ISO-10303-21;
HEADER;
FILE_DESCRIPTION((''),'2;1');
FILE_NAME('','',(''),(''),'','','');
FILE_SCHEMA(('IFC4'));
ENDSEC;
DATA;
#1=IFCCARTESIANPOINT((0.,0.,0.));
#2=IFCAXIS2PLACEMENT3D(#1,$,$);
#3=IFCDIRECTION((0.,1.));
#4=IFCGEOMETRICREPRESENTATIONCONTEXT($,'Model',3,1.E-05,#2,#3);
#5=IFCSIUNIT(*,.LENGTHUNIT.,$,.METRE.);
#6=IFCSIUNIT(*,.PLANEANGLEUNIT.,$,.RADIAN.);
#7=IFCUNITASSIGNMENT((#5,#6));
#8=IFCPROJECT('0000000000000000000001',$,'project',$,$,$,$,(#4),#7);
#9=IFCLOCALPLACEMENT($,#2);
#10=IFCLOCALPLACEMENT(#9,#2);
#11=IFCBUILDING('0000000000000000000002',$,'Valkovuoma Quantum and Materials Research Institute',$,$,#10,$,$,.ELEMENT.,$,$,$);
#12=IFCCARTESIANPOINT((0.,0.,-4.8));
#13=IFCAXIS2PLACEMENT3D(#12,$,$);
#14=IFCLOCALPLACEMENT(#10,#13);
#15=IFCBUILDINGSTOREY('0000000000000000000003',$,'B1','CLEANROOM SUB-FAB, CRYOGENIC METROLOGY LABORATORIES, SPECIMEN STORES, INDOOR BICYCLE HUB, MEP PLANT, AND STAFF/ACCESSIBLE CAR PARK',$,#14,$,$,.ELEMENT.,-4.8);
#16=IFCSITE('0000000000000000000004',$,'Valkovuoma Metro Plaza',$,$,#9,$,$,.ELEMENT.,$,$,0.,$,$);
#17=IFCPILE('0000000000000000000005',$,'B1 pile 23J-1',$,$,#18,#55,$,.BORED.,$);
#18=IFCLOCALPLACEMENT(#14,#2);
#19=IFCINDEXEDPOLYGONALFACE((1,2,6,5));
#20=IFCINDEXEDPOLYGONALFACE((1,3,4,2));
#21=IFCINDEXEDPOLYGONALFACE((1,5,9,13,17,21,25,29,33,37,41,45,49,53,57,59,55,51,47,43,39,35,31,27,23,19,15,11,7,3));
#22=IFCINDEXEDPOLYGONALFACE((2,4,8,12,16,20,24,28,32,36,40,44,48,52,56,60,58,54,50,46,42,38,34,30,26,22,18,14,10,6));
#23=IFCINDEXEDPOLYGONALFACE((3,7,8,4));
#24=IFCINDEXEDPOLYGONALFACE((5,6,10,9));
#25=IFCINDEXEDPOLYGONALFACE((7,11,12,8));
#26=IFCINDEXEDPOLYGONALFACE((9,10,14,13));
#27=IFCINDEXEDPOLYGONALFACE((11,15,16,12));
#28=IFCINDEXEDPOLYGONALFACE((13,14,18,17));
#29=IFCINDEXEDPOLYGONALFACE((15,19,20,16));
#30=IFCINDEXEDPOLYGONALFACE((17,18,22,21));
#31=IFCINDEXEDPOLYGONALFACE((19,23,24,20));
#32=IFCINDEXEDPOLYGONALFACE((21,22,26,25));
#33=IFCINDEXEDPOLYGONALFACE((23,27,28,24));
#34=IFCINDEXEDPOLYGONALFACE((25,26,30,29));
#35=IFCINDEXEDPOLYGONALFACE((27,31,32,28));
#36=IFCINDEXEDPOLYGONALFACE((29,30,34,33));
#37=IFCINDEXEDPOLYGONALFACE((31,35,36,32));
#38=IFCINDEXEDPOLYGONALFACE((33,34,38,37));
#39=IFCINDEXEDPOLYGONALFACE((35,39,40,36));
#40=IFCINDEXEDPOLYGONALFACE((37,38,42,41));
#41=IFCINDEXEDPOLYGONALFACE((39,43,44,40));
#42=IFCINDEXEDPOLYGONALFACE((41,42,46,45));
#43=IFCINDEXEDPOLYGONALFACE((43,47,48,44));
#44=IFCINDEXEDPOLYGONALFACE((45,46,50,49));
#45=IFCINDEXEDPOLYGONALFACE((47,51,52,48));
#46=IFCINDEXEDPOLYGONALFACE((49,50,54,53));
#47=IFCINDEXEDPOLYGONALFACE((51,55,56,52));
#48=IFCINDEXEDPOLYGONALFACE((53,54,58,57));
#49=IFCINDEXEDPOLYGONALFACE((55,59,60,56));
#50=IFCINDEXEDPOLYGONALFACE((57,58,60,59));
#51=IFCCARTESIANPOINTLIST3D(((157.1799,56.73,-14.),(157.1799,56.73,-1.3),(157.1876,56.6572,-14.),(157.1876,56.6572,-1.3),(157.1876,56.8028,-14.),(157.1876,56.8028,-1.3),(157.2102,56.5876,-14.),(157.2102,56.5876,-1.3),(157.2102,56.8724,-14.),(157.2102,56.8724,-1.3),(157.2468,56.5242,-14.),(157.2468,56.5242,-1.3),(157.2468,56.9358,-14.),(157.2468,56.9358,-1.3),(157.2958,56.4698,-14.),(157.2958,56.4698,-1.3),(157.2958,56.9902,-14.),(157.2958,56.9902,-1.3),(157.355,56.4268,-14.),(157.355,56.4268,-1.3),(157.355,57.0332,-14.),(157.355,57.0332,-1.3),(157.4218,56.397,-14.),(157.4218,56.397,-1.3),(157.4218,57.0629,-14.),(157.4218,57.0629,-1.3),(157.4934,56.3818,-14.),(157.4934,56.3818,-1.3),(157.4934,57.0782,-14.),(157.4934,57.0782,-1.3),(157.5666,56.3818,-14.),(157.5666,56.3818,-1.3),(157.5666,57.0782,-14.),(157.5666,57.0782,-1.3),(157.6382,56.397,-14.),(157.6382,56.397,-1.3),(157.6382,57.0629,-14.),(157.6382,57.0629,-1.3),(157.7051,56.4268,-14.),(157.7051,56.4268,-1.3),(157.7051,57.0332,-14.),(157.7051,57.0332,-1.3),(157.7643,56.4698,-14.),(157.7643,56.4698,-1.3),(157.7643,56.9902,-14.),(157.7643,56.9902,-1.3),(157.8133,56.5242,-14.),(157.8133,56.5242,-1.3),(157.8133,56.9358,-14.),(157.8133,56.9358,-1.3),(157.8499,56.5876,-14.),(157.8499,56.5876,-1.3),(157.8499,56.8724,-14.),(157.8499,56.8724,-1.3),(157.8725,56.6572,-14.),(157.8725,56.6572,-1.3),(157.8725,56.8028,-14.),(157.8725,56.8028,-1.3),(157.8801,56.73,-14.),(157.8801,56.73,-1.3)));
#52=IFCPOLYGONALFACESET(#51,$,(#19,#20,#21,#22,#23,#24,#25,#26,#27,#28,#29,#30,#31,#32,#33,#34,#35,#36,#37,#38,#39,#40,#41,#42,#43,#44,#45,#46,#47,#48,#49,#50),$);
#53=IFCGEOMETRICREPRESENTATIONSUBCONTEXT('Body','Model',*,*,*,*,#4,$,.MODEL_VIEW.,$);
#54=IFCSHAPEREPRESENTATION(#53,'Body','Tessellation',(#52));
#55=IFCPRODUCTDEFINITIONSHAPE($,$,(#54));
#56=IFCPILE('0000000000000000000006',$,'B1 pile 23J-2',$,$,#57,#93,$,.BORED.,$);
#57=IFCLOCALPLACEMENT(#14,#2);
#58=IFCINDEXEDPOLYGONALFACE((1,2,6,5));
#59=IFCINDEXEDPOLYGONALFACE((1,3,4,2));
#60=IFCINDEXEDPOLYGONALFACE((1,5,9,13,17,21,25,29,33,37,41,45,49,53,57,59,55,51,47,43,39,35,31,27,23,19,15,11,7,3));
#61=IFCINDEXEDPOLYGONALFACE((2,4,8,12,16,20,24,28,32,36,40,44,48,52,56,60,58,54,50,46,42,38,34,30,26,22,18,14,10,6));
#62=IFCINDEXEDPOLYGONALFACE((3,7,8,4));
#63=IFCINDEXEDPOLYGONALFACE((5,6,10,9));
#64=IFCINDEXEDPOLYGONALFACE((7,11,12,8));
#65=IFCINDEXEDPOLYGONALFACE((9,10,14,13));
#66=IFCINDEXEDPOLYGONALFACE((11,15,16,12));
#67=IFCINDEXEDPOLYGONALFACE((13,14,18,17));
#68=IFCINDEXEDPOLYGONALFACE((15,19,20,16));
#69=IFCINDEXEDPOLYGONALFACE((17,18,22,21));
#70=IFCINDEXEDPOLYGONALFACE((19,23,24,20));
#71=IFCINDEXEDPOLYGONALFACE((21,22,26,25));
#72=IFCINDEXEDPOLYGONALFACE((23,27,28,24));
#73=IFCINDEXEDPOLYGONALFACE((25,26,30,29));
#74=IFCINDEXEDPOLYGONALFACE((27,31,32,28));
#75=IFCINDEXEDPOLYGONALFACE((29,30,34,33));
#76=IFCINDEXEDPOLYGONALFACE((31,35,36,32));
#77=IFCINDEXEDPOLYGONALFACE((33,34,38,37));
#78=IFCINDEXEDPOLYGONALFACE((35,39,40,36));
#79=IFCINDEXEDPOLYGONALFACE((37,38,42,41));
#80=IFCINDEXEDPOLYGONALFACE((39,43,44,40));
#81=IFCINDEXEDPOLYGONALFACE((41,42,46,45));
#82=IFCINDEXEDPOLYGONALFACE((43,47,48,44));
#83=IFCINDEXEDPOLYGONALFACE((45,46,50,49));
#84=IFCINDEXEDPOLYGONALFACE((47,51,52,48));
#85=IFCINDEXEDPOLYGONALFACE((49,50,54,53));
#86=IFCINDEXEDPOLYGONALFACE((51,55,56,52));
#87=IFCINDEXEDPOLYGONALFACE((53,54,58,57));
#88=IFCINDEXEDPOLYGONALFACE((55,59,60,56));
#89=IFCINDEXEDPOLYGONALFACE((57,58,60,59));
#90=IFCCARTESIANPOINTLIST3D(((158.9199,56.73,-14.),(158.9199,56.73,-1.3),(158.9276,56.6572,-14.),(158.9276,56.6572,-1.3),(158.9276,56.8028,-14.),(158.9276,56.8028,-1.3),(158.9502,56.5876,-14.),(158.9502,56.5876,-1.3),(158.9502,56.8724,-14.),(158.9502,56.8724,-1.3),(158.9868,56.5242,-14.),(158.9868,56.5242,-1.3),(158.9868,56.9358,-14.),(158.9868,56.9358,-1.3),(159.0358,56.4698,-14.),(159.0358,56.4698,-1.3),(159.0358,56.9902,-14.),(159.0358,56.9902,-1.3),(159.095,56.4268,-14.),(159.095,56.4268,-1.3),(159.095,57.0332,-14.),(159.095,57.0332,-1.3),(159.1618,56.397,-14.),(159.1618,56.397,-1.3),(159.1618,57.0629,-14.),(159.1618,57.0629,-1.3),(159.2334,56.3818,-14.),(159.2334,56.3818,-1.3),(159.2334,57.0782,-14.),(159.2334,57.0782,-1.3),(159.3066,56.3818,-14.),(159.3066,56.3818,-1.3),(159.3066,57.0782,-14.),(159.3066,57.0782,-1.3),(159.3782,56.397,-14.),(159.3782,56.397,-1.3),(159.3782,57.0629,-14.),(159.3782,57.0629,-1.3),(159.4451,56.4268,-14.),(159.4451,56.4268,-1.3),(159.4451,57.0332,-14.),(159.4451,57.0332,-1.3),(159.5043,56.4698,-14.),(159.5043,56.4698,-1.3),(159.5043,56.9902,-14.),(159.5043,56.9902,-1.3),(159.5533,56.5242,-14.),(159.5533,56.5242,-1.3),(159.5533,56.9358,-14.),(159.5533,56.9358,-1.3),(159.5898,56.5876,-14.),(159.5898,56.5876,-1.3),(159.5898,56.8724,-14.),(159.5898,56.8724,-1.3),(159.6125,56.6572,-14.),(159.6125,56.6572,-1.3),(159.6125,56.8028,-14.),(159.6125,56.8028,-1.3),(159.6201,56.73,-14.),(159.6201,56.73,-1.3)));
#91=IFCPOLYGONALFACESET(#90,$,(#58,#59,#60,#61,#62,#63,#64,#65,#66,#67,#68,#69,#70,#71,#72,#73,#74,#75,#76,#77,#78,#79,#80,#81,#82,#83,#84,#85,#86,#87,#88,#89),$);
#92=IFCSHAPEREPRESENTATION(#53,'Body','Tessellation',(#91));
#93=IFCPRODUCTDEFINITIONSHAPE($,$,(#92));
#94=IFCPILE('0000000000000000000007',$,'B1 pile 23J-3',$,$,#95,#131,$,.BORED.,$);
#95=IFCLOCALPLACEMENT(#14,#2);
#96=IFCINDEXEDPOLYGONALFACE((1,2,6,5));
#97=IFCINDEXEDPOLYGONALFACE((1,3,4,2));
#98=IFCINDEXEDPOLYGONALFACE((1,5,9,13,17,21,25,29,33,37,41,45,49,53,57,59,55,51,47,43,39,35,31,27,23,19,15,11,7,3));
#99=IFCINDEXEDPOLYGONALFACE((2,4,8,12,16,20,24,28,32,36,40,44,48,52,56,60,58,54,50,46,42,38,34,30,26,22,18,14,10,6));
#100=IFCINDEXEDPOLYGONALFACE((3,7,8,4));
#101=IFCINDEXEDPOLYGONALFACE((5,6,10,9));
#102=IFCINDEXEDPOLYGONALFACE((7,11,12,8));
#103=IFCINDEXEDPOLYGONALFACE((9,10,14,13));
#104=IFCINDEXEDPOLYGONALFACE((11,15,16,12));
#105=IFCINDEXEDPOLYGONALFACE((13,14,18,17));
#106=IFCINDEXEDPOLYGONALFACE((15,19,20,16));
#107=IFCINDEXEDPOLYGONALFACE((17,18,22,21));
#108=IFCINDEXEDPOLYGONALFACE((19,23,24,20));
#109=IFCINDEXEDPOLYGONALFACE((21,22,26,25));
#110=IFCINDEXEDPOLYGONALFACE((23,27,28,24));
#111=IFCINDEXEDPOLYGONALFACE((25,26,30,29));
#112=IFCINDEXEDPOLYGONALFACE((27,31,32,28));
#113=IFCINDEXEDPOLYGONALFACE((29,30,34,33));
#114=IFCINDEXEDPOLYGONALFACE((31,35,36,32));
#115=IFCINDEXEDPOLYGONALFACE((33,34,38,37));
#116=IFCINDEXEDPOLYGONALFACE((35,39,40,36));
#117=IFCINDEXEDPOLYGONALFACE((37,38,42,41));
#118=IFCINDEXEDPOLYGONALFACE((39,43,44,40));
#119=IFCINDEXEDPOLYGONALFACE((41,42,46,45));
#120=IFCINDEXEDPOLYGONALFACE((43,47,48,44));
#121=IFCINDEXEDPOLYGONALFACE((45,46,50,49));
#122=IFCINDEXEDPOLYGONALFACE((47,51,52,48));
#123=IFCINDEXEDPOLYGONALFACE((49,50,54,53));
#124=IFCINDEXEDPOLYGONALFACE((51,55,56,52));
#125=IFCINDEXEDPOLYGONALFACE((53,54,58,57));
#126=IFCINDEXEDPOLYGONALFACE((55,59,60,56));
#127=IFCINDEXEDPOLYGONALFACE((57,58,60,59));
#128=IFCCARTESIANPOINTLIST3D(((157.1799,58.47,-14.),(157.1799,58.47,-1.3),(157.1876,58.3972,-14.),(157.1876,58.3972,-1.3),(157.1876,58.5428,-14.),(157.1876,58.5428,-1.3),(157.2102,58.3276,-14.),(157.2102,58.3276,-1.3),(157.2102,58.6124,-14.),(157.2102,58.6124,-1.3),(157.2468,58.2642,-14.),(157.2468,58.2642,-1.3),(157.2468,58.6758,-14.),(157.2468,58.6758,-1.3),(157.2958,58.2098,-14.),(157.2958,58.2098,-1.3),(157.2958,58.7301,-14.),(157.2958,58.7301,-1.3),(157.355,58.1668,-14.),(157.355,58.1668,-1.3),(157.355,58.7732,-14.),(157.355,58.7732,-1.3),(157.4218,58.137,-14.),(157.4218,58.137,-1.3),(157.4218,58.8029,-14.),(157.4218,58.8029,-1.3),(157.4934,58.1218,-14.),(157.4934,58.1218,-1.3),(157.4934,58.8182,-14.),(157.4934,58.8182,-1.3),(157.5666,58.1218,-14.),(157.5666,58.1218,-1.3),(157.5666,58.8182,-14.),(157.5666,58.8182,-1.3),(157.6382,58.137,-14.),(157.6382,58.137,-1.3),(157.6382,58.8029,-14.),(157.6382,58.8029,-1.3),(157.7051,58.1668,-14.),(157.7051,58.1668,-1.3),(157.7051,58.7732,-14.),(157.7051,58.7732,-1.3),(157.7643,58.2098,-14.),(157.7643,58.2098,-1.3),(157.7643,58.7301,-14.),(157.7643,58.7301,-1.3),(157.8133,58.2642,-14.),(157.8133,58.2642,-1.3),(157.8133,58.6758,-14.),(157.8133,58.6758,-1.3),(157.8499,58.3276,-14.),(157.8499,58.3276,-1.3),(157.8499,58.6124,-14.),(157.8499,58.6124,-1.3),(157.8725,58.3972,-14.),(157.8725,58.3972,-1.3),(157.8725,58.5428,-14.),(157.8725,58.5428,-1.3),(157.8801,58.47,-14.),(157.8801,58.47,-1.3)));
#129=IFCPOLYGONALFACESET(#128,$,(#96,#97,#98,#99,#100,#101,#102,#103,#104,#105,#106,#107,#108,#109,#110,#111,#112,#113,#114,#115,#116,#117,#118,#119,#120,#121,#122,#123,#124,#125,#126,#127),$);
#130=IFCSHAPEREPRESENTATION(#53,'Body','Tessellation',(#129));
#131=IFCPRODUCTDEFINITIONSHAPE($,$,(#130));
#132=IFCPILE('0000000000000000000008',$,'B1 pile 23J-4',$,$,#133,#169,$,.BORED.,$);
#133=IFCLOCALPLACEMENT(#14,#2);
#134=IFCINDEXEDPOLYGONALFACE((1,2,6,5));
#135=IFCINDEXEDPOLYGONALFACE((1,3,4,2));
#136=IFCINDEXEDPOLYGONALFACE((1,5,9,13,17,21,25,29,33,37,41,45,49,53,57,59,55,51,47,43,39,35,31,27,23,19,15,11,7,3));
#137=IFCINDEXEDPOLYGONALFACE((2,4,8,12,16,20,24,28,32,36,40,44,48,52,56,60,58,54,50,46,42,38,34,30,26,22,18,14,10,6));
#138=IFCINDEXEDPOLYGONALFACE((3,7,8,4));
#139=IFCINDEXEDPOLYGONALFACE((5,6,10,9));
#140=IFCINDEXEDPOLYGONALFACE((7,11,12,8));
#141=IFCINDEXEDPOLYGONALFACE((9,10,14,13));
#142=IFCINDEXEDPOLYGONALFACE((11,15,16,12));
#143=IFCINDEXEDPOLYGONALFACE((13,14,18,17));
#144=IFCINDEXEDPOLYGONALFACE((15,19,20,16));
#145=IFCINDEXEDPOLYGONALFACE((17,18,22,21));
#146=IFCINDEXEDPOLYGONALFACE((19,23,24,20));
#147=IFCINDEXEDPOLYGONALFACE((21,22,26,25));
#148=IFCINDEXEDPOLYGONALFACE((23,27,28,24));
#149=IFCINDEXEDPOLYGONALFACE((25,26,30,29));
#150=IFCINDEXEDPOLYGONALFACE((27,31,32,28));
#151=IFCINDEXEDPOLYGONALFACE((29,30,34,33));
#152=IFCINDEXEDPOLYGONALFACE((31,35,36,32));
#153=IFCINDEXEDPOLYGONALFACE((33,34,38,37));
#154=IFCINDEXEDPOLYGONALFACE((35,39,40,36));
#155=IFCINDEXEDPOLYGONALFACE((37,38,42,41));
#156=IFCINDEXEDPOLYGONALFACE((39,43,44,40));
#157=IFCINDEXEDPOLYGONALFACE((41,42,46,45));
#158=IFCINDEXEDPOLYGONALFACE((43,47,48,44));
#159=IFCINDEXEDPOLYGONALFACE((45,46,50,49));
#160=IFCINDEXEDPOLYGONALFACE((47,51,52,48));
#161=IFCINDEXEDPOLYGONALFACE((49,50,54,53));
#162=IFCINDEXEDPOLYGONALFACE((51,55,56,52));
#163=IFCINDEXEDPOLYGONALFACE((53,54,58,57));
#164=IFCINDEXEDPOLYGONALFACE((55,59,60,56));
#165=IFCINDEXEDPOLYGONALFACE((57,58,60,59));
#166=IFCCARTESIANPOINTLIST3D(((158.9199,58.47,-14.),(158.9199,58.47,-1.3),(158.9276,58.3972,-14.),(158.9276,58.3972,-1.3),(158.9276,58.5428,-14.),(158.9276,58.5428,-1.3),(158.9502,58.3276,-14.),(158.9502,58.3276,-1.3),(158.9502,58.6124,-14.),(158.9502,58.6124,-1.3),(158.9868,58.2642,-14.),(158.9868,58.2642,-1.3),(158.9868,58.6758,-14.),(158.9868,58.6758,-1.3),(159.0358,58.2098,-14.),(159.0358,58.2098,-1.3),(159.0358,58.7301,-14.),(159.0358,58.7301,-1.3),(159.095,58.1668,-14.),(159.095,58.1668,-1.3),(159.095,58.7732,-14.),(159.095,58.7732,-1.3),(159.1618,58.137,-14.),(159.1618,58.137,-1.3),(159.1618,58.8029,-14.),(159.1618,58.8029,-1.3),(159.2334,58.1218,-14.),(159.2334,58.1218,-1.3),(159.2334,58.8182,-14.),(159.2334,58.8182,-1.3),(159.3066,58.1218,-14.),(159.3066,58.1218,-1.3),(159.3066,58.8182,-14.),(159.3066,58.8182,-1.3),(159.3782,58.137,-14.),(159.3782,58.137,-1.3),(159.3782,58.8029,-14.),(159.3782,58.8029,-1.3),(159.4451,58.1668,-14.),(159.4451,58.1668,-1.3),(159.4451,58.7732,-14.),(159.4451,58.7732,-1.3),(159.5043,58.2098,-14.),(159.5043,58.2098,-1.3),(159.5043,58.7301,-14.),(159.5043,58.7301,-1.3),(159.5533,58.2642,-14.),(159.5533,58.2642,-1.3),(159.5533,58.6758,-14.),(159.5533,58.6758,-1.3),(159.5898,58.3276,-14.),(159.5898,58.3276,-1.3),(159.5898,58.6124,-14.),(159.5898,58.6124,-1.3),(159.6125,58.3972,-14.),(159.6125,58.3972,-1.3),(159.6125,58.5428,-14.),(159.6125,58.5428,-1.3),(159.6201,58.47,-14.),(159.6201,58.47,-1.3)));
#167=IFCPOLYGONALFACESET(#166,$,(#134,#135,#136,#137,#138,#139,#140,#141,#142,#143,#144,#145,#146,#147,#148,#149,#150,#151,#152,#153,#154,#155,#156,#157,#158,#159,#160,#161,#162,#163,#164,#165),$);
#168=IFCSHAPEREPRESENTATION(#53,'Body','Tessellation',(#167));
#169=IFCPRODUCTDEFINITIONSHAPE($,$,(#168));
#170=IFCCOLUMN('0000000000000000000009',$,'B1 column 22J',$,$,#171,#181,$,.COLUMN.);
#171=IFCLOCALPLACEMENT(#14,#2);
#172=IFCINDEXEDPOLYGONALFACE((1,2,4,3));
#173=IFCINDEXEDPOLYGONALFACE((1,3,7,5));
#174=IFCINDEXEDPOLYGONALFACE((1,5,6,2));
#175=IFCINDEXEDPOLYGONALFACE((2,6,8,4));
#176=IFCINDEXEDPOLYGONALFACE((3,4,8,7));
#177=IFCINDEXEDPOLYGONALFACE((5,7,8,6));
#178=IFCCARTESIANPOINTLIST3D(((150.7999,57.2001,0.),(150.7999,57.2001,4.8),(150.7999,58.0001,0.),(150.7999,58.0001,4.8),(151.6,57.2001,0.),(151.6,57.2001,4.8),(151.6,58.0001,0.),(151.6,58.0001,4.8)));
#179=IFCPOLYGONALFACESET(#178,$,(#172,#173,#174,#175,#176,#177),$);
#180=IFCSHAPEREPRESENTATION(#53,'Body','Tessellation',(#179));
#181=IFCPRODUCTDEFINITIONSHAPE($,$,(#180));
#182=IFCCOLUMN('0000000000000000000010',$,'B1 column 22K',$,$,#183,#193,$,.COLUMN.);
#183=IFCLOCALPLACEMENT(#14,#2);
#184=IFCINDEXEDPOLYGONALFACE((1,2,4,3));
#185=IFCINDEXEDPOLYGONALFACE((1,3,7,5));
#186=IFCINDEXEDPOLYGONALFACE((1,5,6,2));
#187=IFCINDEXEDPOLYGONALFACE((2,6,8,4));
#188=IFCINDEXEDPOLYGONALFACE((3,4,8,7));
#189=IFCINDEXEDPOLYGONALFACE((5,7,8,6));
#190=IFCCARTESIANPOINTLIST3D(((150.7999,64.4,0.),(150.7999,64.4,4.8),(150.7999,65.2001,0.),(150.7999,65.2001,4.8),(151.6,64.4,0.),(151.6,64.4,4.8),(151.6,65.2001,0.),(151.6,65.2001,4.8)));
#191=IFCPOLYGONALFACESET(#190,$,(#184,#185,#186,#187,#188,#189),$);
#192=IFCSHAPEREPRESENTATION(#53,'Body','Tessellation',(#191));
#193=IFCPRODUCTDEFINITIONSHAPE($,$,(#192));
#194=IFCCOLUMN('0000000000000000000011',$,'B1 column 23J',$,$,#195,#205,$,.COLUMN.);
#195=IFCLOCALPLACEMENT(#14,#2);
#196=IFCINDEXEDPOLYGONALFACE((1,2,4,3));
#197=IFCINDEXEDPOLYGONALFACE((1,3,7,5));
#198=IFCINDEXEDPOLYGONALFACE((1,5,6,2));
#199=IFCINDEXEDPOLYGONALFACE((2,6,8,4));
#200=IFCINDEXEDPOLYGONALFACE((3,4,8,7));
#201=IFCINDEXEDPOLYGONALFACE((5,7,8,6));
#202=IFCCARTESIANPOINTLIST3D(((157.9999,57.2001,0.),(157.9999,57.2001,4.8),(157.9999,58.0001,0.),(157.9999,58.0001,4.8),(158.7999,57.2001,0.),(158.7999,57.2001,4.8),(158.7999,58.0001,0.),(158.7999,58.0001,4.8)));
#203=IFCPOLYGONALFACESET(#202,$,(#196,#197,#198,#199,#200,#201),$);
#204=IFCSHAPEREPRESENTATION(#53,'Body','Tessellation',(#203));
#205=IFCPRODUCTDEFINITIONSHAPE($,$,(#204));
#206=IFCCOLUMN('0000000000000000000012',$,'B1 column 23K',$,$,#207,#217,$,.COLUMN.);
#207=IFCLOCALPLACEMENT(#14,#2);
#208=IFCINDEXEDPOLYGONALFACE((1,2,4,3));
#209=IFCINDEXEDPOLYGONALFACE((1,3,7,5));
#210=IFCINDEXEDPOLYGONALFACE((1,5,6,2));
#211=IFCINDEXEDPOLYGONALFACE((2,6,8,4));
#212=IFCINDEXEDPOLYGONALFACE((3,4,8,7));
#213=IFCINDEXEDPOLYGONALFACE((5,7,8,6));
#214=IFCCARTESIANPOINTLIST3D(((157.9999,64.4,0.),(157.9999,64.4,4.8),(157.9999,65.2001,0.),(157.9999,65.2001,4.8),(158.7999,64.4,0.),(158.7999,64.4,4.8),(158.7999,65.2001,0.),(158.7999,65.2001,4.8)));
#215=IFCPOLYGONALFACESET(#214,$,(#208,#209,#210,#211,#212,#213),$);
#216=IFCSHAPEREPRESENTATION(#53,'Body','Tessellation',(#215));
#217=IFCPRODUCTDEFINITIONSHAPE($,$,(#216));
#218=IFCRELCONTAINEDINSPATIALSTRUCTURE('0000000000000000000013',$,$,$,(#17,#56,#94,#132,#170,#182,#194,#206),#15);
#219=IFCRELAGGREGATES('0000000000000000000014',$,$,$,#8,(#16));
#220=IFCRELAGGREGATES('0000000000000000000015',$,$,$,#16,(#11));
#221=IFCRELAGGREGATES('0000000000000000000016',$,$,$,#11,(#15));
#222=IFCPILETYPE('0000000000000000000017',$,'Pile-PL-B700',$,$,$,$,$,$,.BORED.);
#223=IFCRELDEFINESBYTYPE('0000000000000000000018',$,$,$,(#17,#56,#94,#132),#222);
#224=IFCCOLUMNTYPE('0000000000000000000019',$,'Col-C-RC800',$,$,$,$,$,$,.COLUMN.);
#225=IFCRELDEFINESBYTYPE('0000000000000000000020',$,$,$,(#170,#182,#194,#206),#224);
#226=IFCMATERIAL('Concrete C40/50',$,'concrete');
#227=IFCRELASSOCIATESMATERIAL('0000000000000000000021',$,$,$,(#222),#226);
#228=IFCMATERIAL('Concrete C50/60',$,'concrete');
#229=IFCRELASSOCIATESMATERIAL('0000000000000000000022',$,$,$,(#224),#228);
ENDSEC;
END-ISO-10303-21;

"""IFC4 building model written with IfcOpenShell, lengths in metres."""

from ifc_helpers import new_model, si_unit, direction, frame, origin, origin_2d, place, context, subcontext, project, spatial, rectangle, circle, extrude, material, material_profile, profile_set, type_object, element, save


model = new_model("IFC4")

# Units and contexts
model_context = context("Model", 3, precision=1e-05, world=origin(), true_north=direction((0.0, 1.0)))
body_context = subcontext(model_context, "Body", "Model", "MODEL_VIEW")
ifc_project = project(units=[si_unit("LENGTHUNIT", "METRE"), si_unit("PLANEANGLEUNIT", "RADIAN")], contexts=[model_context])

# Site, building, storey
site_placement = place(None, origin())
site = spatial("IfcSite", under=ifc_project, at=site_placement, Name="Valkovuoma Metro Plaza", CompositionType="ELEMENT", RefElevation=0.0)
building_placement = place(site_placement, origin())
building = spatial("IfcBuilding", under=site, at=building_placement, Name="Valkovuoma Quantum and Materials Research Institute", CompositionType="ELEMENT")
storey_placement = place(building_placement, frame((0.0, 0.0, -4.8)))
storey = spatial("IfcBuildingStorey", under=building, at=storey_placement, Name="B1", Description="CLEANROOM SUB-FAB, CRYOGENIC METROLOGY LABORATORIES, SPECIMEN STORES, INDOOR BICYCLE HUB, MEP PLANT, AND STAFF/ACCESSIBLE CAR PARK", CompositionType="ELEMENT", Elevation=-4.8)

# Piles
ifc_material_1 = material(Name="Concrete C40/50", Category="concrete")
ifc_material_profile_1 = material_profile(ifc_material_1, circle(Radius=0.3501, at=origin_2d()), Name="Concrete C40/50")
ifc_profile_set_1 = profile_set([ifc_material_profile_1], Name="Concrete C40/50")
pile_type_1 = type_object("IfcPileType", Name="Pile-PL-B700", PredefinedType="BORED", material=ifc_profile_set_1)
for number, where, z_axis, x_axis, name in (
    (1, (157.53, 56.73, -1.3), (0.0, 0.0, -1.0), (1.0, 0.0, 0.0), "B1 pile 23J-1"),
    (2, (159.27, 56.73, -1.3), (0.0, 0.0, -1.0), (1.0, 0.0, 0.0), "B1 pile 23J-2"),
    (3, (157.53, 58.47, -1.3), (0.0, 0.0, -1.0), (1.0, 0.0, 0.0), "B1 pile 23J-3"),
    (4, (159.27, 58.47, -1.3), (0.0, 0.0, -1.0), (1.0, 0.0, 0.0), "B1 pile 23J-4"),
):
    element("IfcPile", number, at=place(storey_placement, frame(where, z_axis=z_axis, x_axis=x_axis)), inside=storey, type_object=pile_type_1, Name=name, PredefinedType="BORED", context=body_context, shape_type="SweptSolid", body=[
        extrude(circle(Radius=0.3501, at=origin_2d()), origin(), (0.0, 0.0, 1.0), 12.7),
    ])

# Columns
ifc_material_2 = material(Name="Concrete C50/60", Category="concrete")
ifc_material_profile_2 = material_profile(ifc_material_2, rectangle(XDim=0.8, YDim=0.8, at=origin_2d()), Name="Concrete C50/60")
ifc_profile_set_2 = profile_set([ifc_material_profile_2], Name="Concrete C50/60")
column_type = type_object("IfcColumnType", Name="Col-C-RC800", PredefinedType="COLUMN", material=ifc_profile_set_2)
for number, where, z_axis, x_axis, name in (
    (5, (151.2, 57.6001, 0.0), (0.0, 0.0, 1.0), (1.0, 0.0, 0.0), "B1 column 22J"),
    (6, (151.2, 64.8, 0.0), (0.0, 0.0, 1.0), (1.0, 0.0, 0.0), "B1 column 22K"),
    (7, (158.3999, 57.6001, 0.0), (0.0, 0.0, 1.0), (1.0, 0.0, 0.0), "B1 column 23J"),
    (8, (158.3999, 64.8, 0.0), (0.0, 0.0, 1.0), (1.0, 0.0, 0.0), "B1 column 23K"),
):
    element("IfcColumn", number, at=place(storey_placement, frame(where, z_axis=z_axis, x_axis=x_axis)), inside=storey, type_object=column_type, Name=name, PredefinedType="COLUMN", context=body_context, shape_type="SweptSolid", body=[
        extrude(rectangle(XDim=0.8, YDim=0.8, at=origin_2d()), origin(), (0.0, 0.0, 1.0), 4.8),
    ])

save(model, "model.ifc")
